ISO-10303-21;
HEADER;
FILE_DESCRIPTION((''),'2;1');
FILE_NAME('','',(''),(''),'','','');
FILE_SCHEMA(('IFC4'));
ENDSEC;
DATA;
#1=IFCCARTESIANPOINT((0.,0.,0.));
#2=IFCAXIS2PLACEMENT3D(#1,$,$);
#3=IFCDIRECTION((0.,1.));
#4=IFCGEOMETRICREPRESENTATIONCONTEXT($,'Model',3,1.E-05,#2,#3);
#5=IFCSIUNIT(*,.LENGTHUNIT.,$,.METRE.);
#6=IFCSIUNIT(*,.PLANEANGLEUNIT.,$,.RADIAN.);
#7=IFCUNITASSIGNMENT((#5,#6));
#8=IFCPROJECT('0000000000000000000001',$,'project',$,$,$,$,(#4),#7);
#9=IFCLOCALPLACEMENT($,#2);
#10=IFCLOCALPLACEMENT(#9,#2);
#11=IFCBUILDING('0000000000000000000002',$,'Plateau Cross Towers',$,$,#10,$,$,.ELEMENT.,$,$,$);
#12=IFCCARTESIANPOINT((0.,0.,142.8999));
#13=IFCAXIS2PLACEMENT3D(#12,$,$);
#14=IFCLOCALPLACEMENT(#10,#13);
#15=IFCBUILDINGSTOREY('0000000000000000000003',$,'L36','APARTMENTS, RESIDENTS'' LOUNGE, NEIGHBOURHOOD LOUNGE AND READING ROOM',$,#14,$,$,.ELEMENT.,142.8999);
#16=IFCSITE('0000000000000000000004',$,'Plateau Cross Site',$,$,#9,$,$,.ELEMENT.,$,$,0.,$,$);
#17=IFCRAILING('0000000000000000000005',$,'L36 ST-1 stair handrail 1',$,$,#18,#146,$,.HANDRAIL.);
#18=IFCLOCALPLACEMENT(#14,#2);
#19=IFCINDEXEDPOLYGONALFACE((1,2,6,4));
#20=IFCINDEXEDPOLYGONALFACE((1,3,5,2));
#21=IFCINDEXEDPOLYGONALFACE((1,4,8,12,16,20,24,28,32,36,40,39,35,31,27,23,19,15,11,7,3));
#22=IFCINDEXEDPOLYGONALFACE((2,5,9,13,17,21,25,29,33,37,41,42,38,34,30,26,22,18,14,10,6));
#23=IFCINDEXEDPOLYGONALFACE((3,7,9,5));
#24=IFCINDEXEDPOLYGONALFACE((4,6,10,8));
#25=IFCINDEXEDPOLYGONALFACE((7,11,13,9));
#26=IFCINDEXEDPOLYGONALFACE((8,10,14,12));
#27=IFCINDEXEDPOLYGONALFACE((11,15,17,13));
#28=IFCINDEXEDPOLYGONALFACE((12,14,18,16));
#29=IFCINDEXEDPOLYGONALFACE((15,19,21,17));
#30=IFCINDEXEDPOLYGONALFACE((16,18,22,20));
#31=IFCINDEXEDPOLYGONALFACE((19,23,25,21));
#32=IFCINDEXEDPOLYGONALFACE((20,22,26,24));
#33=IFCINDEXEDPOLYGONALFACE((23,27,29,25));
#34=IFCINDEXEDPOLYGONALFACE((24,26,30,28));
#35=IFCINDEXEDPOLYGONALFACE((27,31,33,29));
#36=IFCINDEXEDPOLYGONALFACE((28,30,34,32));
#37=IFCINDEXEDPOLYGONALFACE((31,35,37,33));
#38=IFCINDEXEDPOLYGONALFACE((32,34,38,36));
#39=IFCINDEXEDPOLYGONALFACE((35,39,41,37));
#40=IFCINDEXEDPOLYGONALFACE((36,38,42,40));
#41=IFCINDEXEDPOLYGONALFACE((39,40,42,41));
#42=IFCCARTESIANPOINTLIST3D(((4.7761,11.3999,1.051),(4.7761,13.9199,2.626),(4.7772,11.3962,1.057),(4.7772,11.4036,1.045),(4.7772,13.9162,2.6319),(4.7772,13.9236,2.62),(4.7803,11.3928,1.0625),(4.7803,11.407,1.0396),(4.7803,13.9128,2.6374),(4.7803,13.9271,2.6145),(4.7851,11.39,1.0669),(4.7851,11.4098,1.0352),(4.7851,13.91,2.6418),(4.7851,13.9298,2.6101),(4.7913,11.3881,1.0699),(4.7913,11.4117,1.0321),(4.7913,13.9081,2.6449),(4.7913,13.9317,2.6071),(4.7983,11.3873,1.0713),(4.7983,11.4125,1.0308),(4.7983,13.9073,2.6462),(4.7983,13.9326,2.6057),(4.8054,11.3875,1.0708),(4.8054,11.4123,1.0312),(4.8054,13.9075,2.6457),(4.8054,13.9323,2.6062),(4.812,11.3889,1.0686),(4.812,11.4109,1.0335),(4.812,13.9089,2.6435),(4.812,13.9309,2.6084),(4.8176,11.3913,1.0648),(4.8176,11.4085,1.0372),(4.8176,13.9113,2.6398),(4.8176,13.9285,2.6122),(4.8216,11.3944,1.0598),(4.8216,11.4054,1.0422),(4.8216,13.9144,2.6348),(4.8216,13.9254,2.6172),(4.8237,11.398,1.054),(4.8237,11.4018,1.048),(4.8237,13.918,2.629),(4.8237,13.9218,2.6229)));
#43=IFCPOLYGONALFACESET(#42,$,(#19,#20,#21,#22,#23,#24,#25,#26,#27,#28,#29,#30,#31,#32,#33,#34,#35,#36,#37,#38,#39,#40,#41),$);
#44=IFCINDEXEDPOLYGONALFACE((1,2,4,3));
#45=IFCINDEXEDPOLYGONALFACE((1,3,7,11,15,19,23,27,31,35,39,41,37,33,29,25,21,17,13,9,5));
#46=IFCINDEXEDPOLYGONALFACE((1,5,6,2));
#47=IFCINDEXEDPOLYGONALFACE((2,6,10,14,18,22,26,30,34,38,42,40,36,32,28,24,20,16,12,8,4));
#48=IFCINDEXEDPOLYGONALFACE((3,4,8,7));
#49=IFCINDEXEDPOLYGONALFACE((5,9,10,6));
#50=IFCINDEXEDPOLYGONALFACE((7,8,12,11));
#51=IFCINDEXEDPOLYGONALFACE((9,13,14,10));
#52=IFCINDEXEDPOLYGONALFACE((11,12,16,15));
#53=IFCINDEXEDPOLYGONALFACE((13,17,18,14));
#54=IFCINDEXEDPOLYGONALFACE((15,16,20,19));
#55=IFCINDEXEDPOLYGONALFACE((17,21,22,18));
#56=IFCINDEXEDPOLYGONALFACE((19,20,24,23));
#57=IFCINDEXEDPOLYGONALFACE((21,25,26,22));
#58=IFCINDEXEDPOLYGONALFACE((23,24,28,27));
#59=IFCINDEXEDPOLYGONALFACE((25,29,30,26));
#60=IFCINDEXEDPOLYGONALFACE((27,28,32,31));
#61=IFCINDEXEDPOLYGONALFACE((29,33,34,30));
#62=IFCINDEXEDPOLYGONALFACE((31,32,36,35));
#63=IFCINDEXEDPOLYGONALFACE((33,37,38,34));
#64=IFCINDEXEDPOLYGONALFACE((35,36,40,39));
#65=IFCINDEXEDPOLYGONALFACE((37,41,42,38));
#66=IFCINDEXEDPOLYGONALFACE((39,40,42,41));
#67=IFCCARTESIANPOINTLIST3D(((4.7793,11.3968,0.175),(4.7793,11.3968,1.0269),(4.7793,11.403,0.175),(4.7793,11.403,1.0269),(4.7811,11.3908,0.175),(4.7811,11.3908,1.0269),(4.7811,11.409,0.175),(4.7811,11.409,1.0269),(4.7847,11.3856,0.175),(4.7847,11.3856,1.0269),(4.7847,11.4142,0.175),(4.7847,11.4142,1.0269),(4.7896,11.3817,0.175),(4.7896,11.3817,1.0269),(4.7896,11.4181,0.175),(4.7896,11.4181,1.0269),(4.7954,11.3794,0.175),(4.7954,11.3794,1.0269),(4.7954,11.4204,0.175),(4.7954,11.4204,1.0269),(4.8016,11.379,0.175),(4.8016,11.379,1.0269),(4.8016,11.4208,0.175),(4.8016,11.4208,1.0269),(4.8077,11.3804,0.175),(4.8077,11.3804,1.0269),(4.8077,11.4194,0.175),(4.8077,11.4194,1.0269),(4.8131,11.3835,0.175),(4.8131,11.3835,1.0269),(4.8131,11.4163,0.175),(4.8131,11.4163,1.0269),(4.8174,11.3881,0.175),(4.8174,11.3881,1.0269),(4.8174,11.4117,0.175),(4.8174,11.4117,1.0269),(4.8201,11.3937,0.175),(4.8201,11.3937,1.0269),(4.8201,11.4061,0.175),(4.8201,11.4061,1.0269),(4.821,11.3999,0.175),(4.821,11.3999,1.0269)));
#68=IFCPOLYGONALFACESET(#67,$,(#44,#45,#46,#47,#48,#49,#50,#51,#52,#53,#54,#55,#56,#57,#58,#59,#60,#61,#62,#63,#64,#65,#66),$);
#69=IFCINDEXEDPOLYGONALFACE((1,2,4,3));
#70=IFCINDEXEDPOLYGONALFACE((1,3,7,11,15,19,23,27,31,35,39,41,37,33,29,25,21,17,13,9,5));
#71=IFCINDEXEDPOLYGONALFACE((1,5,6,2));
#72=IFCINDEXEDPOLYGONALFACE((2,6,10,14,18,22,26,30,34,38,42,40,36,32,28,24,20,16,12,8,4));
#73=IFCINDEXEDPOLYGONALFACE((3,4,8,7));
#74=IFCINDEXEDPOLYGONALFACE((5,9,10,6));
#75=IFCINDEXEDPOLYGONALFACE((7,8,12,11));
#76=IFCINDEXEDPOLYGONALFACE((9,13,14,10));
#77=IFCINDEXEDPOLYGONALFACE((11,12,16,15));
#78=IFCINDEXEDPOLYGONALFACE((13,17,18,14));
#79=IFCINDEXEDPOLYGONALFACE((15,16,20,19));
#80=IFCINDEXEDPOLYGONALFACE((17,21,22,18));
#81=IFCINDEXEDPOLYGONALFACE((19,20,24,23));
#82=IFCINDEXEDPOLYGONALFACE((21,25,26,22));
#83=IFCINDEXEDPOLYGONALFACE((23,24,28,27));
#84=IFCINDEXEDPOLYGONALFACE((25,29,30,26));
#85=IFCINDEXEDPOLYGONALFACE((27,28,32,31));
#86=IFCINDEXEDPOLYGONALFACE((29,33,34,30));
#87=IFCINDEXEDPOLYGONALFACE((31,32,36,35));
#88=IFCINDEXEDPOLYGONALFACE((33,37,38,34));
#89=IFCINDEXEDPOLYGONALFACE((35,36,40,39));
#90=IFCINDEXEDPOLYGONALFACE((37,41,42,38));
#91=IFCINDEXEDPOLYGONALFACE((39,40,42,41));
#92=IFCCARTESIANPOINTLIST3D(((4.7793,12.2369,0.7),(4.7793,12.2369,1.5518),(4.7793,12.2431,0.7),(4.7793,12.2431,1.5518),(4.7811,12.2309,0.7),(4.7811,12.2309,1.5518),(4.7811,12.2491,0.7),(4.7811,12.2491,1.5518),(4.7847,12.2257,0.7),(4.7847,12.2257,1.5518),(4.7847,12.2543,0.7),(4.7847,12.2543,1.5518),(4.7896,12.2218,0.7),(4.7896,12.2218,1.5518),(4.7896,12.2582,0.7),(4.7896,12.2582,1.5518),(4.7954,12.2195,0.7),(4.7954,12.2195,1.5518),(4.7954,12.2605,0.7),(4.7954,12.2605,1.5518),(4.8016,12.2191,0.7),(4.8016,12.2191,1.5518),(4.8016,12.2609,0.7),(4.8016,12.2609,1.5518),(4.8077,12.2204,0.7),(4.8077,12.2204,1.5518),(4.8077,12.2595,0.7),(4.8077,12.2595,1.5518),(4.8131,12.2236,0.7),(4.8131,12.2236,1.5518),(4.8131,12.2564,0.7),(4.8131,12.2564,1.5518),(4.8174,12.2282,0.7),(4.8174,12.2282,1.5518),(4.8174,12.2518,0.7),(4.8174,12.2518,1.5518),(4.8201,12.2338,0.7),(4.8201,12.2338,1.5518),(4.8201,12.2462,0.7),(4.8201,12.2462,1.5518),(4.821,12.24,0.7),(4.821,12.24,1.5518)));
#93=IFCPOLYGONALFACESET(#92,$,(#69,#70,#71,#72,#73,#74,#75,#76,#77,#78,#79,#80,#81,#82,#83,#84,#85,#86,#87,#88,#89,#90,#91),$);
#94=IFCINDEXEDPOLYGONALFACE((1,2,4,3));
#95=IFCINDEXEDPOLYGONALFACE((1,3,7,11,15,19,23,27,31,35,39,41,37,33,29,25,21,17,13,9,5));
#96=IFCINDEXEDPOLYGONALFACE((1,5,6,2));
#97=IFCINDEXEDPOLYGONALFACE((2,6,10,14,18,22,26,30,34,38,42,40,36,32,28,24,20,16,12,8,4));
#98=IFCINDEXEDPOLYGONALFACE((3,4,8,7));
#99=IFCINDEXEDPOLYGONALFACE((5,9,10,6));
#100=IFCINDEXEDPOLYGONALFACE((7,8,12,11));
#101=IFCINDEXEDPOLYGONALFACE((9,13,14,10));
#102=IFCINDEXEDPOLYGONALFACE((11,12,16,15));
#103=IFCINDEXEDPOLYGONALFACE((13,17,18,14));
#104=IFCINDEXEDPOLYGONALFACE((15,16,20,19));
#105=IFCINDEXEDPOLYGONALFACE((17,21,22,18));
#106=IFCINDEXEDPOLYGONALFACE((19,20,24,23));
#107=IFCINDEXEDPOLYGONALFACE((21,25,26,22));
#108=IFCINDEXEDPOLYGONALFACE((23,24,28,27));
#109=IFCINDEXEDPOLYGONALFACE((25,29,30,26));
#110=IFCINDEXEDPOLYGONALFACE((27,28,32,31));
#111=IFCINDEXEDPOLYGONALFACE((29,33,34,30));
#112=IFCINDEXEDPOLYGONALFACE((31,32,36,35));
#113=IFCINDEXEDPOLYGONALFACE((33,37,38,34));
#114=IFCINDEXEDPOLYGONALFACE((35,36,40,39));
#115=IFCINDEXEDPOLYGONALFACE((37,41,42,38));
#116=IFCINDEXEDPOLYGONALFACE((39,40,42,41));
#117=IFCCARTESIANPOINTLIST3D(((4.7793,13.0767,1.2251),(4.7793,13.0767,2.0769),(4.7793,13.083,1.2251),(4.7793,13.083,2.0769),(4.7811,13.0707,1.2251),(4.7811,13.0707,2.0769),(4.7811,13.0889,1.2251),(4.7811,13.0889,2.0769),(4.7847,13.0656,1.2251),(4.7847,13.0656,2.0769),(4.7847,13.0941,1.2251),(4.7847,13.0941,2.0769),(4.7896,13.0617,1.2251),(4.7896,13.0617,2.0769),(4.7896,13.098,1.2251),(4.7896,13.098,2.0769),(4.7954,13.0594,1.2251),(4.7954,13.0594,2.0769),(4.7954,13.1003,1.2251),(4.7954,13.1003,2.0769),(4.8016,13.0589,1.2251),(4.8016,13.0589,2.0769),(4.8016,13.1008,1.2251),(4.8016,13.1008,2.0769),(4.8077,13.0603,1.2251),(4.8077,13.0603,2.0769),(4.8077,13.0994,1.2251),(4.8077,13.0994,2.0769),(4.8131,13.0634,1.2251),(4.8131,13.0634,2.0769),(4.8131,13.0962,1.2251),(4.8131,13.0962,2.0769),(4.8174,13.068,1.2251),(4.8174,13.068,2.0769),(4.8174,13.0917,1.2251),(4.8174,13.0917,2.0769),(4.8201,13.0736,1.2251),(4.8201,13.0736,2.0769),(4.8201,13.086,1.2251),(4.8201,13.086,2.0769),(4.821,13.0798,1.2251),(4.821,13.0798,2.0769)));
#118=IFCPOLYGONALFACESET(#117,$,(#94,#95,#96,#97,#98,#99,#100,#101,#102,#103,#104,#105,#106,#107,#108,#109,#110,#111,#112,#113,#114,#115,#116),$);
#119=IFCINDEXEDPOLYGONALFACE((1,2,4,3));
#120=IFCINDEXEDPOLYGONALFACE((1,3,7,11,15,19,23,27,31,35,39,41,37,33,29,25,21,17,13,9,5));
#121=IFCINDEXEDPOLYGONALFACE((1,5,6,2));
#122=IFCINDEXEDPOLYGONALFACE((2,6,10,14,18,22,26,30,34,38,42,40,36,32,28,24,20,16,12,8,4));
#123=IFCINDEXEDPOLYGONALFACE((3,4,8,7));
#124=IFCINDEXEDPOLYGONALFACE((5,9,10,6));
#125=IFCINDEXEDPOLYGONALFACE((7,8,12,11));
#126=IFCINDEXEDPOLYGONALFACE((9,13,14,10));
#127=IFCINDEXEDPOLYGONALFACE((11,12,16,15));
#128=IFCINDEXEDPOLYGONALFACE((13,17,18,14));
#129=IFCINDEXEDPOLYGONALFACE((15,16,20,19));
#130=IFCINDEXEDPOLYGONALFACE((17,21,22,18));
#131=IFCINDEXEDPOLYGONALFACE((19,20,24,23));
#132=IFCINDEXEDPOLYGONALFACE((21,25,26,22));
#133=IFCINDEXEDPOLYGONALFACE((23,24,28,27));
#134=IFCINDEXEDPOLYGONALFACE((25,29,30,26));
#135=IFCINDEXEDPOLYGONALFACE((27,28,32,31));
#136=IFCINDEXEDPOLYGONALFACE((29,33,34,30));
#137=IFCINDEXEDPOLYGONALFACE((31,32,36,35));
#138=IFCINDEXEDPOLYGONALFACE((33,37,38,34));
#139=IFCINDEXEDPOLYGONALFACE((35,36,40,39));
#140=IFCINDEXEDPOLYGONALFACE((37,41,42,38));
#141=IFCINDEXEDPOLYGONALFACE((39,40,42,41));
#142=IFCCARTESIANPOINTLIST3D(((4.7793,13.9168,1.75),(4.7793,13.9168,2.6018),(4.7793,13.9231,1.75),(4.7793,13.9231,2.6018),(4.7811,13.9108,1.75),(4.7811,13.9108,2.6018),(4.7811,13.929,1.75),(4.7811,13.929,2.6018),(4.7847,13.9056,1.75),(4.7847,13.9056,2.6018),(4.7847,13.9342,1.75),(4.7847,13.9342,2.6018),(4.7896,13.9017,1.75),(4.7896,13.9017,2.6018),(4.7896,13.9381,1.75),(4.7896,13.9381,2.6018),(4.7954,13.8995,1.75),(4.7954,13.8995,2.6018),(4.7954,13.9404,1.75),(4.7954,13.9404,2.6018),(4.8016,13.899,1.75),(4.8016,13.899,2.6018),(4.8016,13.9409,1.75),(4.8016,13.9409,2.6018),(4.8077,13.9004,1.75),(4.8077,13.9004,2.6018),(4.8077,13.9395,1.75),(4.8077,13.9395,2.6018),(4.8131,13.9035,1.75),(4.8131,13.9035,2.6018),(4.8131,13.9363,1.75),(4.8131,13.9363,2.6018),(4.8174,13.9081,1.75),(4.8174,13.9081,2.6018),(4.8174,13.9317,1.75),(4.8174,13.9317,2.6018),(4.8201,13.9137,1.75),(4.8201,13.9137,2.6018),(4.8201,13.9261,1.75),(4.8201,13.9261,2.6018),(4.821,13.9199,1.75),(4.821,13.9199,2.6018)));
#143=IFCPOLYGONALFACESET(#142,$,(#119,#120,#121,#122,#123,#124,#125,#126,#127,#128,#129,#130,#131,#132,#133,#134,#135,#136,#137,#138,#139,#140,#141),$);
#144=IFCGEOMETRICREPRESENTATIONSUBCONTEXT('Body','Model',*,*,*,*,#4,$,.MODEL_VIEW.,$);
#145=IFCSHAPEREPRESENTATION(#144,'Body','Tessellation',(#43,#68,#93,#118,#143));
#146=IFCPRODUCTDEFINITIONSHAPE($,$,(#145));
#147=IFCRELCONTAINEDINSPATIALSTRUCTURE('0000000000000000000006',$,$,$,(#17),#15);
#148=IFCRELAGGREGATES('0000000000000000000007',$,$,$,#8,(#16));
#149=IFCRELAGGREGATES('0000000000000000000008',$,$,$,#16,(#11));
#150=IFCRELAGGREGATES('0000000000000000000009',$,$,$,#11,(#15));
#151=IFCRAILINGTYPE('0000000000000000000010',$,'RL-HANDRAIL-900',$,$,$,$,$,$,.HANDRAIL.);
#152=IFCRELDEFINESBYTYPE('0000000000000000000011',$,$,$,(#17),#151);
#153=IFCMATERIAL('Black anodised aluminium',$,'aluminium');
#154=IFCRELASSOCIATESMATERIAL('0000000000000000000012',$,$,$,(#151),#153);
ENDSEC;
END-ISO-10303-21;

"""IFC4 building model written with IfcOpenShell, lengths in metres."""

from ifc_helpers import new_model, si_unit, direction, frame, origin, origin_2d, place, context, subcontext, project, spatial, circle, extrude, material, type_object, element, save


model = new_model("IFC4")

# Units and contexts
model_context = context("Model", 3, precision=1e-05, world=origin(), true_north=direction((0.0, 1.0)))
body_context = subcontext(model_context, "Body", "Model", "MODEL_VIEW")
ifc_project = project(units=[si_unit("LENGTHUNIT", "METRE"), si_unit("PLANEANGLEUNIT", "RADIAN")], contexts=[model_context])

# Site, building, storey
site_placement = place(None, origin())
site = spatial("IfcSite", under=ifc_project, at=site_placement, Name="Plateau Cross Site", CompositionType="ELEMENT", RefElevation=0.0)
building_placement = place(site_placement, origin())
building = spatial("IfcBuilding", under=site, at=building_placement, Name="Plateau Cross Towers", CompositionType="ELEMENT")
storey_placement = place(building_placement, frame((0.0, 0.0, 142.8999)))
storey = spatial("IfcBuildingStorey", under=building, at=storey_placement, Name="L36", Description="APARTMENTS, RESIDENTS' LOUNGE, NEIGHBOURHOOD LOUNGE AND READING ROOM", CompositionType="ELEMENT", Elevation=142.8999)

# Shared definitions
ifc_material_1 = material(Name="Black anodised aluminium", Category="aluminium")

# Railing
railing_type_1 = type_object("IfcRailingType", Name="RL-HANDRAIL-900", PredefinedType="HANDRAIL", material=ifc_material_1)
railing_1_placement = place(storey_placement, frame((4.8, 11.3999, 0.175)))
element("IfcRailing", 1, at=railing_1_placement, inside=storey, type_object=railing_type_1, Name="L36 ST-1 stair handrail 1", PredefinedType="HANDRAIL", context=body_context, shape_type="SweptSolid", body=[
    extrude(circle(Radius=0.0239, at=origin_2d()), frame((0.0, 0.0, 0.876), z_axis=(0.0, 0.848008, 0.529984), x_axis=(-1.0, 0.0, 0.0)), (0.0, 0.0, 1.0), 2.9717),
    extrude(circle(Radius=0.021, at=origin_2d()), origin(), (0.0, 0.0, 1.0), 0.8518),
    extrude(circle(Radius=0.021, at=origin_2d()), frame((0.0, 0.8401, 0.5249)), (0.0, 0.0, 1.0), 0.8518),
    extrude(circle(Radius=0.021, at=origin_2d()), frame((0.0, 1.6799, 1.05)), (0.0, 0.0, 1.0), 0.8518),
    extrude(circle(Radius=0.021, at=origin_2d()), frame((0.0, 2.52, 1.575)), (0.0, 0.0, 1.0), 0.8518),
])

save(model, "model.ifc")
